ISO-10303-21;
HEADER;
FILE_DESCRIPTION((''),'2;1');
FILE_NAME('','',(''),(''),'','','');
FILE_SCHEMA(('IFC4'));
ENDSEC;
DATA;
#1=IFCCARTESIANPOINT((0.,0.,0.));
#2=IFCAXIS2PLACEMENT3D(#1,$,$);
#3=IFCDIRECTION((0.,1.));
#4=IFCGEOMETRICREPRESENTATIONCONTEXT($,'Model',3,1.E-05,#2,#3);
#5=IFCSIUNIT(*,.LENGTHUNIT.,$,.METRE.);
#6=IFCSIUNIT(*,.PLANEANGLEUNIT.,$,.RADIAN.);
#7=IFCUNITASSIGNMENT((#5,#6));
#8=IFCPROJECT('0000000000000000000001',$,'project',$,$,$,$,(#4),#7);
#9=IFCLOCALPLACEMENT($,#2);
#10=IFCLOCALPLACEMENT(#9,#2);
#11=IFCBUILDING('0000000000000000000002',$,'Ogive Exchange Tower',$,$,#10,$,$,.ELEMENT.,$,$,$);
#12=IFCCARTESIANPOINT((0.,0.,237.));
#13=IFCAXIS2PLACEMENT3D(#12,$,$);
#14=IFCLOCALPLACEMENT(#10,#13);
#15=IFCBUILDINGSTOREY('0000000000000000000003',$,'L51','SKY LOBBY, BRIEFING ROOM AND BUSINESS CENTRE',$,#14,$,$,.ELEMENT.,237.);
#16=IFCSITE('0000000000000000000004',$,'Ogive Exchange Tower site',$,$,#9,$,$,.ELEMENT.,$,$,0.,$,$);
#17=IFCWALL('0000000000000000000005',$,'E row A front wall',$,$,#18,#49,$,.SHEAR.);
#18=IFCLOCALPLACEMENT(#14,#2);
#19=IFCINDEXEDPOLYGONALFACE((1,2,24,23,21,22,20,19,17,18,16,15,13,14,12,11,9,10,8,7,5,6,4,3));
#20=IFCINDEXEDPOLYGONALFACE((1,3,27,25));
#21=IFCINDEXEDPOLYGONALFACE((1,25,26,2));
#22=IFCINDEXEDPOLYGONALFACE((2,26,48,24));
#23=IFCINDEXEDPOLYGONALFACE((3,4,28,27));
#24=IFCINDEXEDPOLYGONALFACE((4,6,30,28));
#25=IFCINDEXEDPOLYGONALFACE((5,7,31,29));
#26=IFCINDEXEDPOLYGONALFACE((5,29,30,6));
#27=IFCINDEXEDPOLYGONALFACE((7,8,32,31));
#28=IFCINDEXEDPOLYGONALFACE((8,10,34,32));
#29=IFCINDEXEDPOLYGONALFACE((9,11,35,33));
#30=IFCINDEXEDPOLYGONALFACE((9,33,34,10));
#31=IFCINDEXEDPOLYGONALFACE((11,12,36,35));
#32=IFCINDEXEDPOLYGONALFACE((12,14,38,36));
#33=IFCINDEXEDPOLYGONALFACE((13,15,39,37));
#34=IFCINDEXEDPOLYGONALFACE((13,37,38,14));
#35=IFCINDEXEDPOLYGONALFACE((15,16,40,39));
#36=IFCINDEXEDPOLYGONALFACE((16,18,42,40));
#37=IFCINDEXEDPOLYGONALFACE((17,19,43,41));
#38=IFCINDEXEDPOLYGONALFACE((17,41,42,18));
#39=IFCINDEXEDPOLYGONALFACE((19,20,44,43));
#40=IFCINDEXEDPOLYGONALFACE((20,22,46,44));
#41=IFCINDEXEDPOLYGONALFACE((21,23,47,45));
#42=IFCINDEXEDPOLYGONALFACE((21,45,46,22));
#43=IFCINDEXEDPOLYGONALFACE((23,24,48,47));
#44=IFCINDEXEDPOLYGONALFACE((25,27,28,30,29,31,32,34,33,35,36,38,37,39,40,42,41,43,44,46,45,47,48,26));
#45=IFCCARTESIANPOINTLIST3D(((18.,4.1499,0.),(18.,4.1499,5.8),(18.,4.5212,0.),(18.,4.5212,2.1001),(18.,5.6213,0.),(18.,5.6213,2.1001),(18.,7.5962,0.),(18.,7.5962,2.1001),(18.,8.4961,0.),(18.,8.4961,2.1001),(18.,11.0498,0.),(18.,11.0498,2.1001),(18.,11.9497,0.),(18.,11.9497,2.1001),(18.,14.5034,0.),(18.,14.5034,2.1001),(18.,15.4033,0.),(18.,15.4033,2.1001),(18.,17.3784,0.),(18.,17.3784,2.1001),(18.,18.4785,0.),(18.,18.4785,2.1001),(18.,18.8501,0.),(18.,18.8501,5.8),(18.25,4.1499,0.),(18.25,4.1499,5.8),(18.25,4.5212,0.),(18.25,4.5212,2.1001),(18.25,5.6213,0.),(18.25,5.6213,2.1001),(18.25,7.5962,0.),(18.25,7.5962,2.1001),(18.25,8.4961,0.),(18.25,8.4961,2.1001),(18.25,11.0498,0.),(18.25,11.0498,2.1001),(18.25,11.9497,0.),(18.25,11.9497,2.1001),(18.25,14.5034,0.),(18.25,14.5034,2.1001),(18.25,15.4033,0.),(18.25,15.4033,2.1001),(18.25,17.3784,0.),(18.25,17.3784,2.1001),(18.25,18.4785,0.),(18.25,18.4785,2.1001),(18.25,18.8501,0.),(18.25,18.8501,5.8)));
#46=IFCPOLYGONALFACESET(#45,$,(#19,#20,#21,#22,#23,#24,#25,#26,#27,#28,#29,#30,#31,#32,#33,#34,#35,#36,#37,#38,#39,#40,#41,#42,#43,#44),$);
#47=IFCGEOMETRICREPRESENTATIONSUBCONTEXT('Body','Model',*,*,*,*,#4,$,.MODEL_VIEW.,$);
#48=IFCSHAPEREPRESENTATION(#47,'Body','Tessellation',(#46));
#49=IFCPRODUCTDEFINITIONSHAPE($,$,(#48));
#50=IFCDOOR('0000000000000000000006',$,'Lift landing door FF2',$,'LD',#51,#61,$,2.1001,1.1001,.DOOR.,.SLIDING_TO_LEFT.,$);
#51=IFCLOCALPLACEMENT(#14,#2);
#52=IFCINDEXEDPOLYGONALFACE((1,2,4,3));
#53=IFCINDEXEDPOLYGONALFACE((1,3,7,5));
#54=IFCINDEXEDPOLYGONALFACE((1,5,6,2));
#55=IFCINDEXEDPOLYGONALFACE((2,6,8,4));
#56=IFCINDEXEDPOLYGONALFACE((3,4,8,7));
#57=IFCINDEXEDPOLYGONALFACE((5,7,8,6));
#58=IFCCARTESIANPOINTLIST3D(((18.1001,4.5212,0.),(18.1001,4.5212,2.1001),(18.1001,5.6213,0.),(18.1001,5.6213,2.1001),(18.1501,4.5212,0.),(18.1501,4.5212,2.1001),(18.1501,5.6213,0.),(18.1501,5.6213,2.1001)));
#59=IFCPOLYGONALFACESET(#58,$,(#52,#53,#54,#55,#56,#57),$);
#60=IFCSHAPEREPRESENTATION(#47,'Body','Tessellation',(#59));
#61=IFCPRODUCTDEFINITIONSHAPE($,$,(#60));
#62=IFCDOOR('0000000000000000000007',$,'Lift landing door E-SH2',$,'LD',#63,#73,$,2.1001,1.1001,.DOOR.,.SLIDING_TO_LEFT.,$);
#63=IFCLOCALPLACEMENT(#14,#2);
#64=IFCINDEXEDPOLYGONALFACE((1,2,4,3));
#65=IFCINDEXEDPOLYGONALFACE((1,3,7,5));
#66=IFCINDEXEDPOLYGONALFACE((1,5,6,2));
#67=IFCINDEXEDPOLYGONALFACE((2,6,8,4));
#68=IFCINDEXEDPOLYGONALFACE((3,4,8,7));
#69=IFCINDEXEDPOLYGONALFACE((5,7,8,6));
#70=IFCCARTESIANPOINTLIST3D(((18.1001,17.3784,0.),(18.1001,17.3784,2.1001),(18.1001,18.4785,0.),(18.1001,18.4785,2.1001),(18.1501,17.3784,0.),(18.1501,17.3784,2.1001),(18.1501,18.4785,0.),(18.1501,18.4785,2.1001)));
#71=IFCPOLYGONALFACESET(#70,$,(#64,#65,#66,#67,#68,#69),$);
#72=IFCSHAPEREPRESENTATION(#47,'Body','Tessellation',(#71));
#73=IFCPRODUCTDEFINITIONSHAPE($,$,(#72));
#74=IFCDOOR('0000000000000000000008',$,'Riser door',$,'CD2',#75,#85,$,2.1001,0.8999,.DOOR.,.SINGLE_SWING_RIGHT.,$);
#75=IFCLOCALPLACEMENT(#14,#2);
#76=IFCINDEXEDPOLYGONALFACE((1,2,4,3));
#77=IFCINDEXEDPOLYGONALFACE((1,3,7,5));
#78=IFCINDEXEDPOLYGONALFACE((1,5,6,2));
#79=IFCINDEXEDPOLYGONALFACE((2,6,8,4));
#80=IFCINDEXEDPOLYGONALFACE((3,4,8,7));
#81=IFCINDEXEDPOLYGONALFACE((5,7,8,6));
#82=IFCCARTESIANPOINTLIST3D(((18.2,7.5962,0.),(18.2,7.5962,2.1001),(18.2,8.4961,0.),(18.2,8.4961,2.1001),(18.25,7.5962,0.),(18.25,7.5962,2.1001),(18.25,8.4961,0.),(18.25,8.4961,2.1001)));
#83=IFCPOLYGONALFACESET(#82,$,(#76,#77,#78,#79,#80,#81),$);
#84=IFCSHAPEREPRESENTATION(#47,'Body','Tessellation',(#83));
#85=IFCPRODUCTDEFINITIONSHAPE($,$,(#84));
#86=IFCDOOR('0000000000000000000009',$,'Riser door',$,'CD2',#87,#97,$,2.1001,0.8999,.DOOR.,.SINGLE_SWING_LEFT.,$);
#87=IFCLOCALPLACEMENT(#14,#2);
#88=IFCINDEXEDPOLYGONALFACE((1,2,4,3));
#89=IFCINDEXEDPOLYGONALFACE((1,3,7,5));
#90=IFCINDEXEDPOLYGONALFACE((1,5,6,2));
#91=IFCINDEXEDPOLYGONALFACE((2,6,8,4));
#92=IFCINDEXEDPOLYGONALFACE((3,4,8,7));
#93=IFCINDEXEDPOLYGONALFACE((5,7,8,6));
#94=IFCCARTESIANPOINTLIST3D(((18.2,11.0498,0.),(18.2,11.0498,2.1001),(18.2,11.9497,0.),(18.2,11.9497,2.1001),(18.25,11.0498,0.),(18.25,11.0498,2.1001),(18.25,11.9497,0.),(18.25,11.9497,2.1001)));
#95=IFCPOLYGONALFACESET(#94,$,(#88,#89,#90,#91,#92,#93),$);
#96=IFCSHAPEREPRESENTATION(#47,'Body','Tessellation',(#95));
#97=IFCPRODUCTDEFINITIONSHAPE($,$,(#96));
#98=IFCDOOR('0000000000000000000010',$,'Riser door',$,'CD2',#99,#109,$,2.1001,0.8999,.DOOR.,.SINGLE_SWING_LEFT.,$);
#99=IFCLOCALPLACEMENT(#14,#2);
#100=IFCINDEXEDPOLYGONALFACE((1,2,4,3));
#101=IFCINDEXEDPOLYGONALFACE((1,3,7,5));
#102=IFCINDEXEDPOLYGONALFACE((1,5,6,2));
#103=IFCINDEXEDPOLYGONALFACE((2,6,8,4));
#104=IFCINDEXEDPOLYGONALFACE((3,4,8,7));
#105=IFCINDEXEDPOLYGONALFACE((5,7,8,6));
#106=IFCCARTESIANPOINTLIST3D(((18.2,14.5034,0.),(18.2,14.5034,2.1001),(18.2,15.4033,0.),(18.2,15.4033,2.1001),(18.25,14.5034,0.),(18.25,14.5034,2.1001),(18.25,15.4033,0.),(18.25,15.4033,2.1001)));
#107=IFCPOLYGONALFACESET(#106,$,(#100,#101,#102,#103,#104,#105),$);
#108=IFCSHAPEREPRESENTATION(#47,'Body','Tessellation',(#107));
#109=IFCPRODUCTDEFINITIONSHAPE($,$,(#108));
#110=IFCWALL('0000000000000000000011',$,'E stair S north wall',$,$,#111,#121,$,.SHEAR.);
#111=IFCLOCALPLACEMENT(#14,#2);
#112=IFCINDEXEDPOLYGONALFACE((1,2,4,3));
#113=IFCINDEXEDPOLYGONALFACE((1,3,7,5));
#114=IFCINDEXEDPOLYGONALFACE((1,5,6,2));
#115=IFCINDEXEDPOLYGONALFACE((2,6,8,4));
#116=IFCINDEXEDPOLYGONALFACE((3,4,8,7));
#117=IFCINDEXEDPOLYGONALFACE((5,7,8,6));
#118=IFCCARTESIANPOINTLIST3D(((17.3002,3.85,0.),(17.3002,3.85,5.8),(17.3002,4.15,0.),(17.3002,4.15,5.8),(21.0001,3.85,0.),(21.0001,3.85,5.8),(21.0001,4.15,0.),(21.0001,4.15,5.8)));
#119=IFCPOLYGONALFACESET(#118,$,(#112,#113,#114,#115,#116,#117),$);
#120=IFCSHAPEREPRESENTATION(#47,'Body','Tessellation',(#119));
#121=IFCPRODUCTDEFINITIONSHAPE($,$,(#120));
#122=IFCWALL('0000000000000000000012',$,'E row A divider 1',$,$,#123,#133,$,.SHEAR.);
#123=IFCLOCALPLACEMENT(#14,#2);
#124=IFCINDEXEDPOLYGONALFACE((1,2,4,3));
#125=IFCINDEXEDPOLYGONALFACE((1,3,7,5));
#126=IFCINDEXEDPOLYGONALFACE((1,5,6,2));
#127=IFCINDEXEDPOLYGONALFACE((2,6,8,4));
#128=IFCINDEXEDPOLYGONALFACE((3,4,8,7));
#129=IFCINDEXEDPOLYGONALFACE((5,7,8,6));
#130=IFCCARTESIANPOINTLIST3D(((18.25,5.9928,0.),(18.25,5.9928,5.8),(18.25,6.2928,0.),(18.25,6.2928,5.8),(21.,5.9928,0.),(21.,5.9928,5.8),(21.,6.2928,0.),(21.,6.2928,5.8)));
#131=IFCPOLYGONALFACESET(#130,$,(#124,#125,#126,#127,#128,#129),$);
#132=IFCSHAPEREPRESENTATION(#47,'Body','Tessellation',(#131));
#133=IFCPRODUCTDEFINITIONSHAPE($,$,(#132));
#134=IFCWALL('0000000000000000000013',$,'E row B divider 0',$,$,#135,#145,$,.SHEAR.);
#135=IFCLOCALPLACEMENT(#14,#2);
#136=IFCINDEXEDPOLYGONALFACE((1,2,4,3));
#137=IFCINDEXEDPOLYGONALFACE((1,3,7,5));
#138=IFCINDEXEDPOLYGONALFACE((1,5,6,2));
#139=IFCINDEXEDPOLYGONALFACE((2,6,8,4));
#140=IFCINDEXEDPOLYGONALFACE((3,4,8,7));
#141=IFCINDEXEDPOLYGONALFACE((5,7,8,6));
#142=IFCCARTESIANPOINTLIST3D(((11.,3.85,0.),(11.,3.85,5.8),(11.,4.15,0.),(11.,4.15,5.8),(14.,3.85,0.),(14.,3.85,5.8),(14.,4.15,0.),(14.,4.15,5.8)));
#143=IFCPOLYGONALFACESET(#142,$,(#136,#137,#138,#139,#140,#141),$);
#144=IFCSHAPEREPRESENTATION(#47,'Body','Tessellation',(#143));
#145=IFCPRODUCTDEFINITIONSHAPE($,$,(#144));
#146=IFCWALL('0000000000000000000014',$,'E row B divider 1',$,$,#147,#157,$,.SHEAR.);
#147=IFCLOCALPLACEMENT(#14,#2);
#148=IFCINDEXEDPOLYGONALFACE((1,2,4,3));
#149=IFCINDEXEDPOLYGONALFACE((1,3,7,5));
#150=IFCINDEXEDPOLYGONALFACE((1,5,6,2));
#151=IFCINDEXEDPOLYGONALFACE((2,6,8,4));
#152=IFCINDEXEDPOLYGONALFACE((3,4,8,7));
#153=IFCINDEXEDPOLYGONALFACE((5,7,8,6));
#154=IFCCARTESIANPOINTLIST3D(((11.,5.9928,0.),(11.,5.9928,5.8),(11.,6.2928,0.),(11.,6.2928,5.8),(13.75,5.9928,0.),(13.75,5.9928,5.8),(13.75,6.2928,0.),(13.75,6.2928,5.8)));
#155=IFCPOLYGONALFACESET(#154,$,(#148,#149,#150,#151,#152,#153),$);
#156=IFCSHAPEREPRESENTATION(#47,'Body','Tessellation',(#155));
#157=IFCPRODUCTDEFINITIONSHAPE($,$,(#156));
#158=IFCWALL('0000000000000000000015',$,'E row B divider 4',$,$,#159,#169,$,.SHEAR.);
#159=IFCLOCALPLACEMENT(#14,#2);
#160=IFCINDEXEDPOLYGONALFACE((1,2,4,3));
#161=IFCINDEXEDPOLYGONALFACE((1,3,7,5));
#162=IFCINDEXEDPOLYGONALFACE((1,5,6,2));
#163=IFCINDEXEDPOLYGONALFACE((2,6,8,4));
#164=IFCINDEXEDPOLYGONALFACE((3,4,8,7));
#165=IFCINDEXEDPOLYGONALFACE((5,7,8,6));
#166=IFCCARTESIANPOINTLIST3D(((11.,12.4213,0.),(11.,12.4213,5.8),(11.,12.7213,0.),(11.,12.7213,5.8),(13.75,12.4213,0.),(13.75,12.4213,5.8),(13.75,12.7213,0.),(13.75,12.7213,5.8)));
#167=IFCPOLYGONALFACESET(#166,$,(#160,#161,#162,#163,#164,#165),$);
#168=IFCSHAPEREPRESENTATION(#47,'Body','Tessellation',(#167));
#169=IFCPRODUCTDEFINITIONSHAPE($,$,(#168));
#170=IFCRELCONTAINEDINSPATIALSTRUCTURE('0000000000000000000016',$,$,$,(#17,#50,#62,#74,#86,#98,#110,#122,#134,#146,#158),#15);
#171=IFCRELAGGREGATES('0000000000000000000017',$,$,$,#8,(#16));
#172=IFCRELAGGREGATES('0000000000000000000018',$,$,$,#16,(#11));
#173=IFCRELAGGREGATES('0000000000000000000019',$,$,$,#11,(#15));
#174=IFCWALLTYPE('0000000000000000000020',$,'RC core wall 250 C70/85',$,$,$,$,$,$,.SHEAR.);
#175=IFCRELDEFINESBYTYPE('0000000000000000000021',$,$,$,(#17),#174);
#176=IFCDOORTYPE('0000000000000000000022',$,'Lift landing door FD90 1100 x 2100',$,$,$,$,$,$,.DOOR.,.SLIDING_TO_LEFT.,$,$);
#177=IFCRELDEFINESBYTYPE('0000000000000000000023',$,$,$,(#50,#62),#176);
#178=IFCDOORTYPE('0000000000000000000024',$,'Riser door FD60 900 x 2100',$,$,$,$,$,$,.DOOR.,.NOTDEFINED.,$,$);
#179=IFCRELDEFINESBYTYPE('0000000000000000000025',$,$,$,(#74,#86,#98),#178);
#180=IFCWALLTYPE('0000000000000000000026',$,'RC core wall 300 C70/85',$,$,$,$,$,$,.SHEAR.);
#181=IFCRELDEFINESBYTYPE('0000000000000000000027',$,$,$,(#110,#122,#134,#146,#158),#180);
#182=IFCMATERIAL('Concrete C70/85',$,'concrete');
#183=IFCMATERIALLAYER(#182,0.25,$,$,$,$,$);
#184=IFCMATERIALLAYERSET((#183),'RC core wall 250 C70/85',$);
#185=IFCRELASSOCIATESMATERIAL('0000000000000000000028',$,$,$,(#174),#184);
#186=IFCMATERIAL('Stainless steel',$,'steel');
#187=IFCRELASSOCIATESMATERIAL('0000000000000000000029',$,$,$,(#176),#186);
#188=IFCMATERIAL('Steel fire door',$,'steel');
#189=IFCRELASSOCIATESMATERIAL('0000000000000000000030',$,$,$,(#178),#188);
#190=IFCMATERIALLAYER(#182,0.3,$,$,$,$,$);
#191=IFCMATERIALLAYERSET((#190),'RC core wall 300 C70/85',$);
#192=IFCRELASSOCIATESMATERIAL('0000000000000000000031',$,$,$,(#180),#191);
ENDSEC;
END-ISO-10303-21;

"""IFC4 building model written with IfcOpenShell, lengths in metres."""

from ifc_helpers import new_model, si_unit, direction, frame, frame_2d, origin, place, context, subcontext, project, spatial, rectangle, extrude, material, layer, layer_set, type_object, element, fill, save


model = new_model("IFC4")

# Units and contexts
model_context = context("Model", 3, precision=1e-05, world=origin(), true_north=direction((0.0, 1.0)))
body_context = subcontext(model_context, "Body", "Model", "MODEL_VIEW")
ifc_project = project(units=[si_unit("LENGTHUNIT", "METRE"), si_unit("PLANEANGLEUNIT", "RADIAN")], contexts=[model_context])

# Site, building, storey
site_placement = place(None, origin())
site = spatial("IfcSite", under=ifc_project, at=site_placement, Name="Ogive Exchange Tower site", CompositionType="ELEMENT", RefElevation=0.0)
building_placement = place(site_placement, origin())
building = spatial("IfcBuilding", under=site, at=building_placement, Name="Ogive Exchange Tower", CompositionType="ELEMENT")
storey_placement = place(building_placement, frame((0.0, 0.0, 237.0)))
storey = spatial("IfcBuildingStorey", under=building, at=storey_placement, Name="L51", Description="SKY LOBBY, BRIEFING ROOM AND BUSINESS CENTRE", CompositionType="ELEMENT", Elevation=237.0)

# Shared definitions
ifc_material_1 = material(Name="Concrete C70/85", Category="concrete")
ifc_material_2 = material(Name="Steel fire door", Category="steel")

# Wall, openings, doors
ifc_layer_1 = layer(ifc_material_1, 0.25)
ifc_layer_set_1 = layer_set([ifc_layer_1], Name="RC core wall 250 C70/85")
wall_type_1 = type_object("IfcWallType", Name="RC core wall 250 C70/85", PredefinedType="SHEAR", material=ifc_layer_set_1)
wall_1_placement = place(storey_placement, frame((18.125, 4.1499, 0.0), z_axis=(0.0, 0.0, 1.0), x_axis=(0.0, 1.0, 0.0)))
wall_1 = element("IfcWall", 1, at=wall_1_placement, inside=storey, type_object=wall_type_1, Name="E row A front wall", PredefinedType="SHEAR", context=body_context, shape_type="SweptSolid", body=[
    extrude(rectangle(XDim=14.7002, YDim=0.25, at=frame_2d((7.3501, 0.0))), origin(), (0.0, 0.0, 1.0), 5.8),
])
opening_1_placement = place(wall_1_placement, frame((3.4463, 0.0, 0.0)))
opening_1 = element("IfcOpeningElement", 2, at=opening_1_placement, cuts=wall_1, PredefinedType="OPENING", context=body_context, shape_type="SweptSolid", body=[
    extrude(rectangle(XDim=0.8999, YDim=2.1001, at=frame_2d((0.45, 1.05))), frame((0.0, 0.135, 0.0), z_axis=(0.0, -1.0, 0.0), x_axis=(1.0, 0.0, 0.0)), (0.0, 0.0, 1.0), 0.27),
])
opening_2_placement = place(wall_1_placement, frame((6.8999, 0.0, 0.0)))
opening_2 = element("IfcOpeningElement", 3, at=opening_2_placement, cuts=wall_1, PredefinedType="OPENING", context=body_context, shape_type="SweptSolid", body=[
    extrude(rectangle(XDim=0.8999, YDim=2.1001, at=frame_2d((0.45, 1.05))), frame((0.0, 0.135, 0.0), z_axis=(0.0, -1.0, 0.0), x_axis=(1.0, 0.0, 0.0)), (0.0, 0.0, 1.0), 0.27),
])
opening_3_placement = place(wall_1_placement, frame((10.3535, 0.0, 0.0)))
opening_3 = element("IfcOpeningElement", 4, at=opening_3_placement, cuts=wall_1, PredefinedType="OPENING", context=body_context, shape_type="SweptSolid", body=[
    extrude(rectangle(XDim=0.8999, YDim=2.1001, at=frame_2d((0.45, 1.05))), frame((0.0, 0.135, 0.0), z_axis=(0.0, -1.0, 0.0), x_axis=(1.0, 0.0, 0.0)), (0.0, 0.0, 1.0), 0.27),
])
opening_4_placement = place(wall_1_placement, frame((0.3713, 0.0, 0.0)))
opening_4 = element("IfcOpeningElement", 5, at=opening_4_placement, cuts=wall_1, PredefinedType="OPENING", context=body_context, shape_type="SweptSolid", body=[
    extrude(rectangle(XDim=1.1001, YDim=2.1001, at=frame_2d((0.55, 1.05))), frame((0.0, 0.135, 0.0), z_axis=(0.0, -1.0, 0.0), x_axis=(1.0, 0.0, 0.0)), (0.0, 0.0, 1.0), 0.27),
])
opening_5_placement = place(wall_1_placement, frame((13.2285, 0.0, 0.0)))
opening_5 = element("IfcOpeningElement", 6, at=opening_5_placement, cuts=wall_1, PredefinedType="OPENING", context=body_context, shape_type="SweptSolid", body=[
    extrude(rectangle(XDim=1.1001, YDim=2.1001, at=frame_2d((0.55, 1.05))), frame((0.0, 0.135, 0.0), z_axis=(0.0, -1.0, 0.0), x_axis=(1.0, 0.0, 0.0)), (0.0, 0.0, 1.0), 0.27),
])
ifc_material_3 = material(Name="Stainless steel", Category="steel")
door_type_1 = type_object("IfcDoorType", Name="Lift landing door FD90 1100 x 2100", OperationType="SLIDING_TO_LEFT", PredefinedType="DOOR", material=ifc_material_3)
door_1_placement = place(opening_4_placement, origin())
door_1 = element("IfcDoor", 7, at=door_1_placement, inside=storey, type_object=door_type_1, Name="Lift landing door FF2", ObjectType="LD", OperationType="SLIDING_TO_LEFT", OverallHeight=2.1001, OverallWidth=1.1001, PredefinedType="DOOR", context=body_context, shape_type="SweptSolid", body=[
    extrude(rectangle(XDim=1.1001, YDim=2.1001, at=frame_2d((0.55, 1.05))), frame((0.0, 0.0249, 0.0), z_axis=(0.0, -1.0, 0.0), x_axis=(1.0, 0.0, 0.0)), (0.0, 0.0, 1.0), 0.05),
])
fill(opening_4, door_1)
door_2_placement = place(opening_5_placement, origin())
door_2 = element("IfcDoor", 8, at=door_2_placement, inside=storey, type_object=door_type_1, Name="Lift landing door E-SH2", ObjectType="LD", OperationType="SLIDING_TO_LEFT", OverallHeight=2.1001, OverallWidth=1.1001, PredefinedType="DOOR", context=body_context, shape_type="SweptSolid", body=[
    extrude(rectangle(XDim=1.1001, YDim=2.1001, at=frame_2d((0.55, 1.05))), frame((0.0, 0.0249, 0.0), z_axis=(0.0, -1.0, 0.0), x_axis=(1.0, 0.0, 0.0)), (0.0, 0.0, 1.0), 0.05),
])
fill(opening_5, door_2)
door_type_2 = type_object("IfcDoorType", Name="Riser door FD60 900 x 2100", OperationType="NOTDEFINED", PredefinedType="DOOR", material=ifc_material_2)
door_3_placement = place(opening_1_placement, frame((0.8999, -0.2002, 0.0), z_axis=(0.0, 0.0, 1.0), x_axis=(-1.0, 0.0, 0.0)))
door_3 = element("IfcDoor", 9, at=door_3_placement, inside=storey, type_object=door_type_2, Name="Riser door", ObjectType="CD2", OperationType="SINGLE_SWING_RIGHT", OverallHeight=2.1001, OverallWidth=0.8999, PredefinedType="DOOR", context=body_context, shape_type="SweptSolid", body=[
    extrude(rectangle(XDim=0.8999, YDim=2.1001, at=frame_2d((0.45, 1.05))), frame((0.0, -0.0752, 0.0), z_axis=(0.0, -1.0, 0.0), x_axis=(1.0, 0.0, 0.0)), (0.0, 0.0, 1.0), 0.05),
])
fill(opening_1, door_3)
door_4_placement = place(opening_2_placement, frame((0.8999, -0.2002, 0.0), z_axis=(0.0, 0.0, 1.0), x_axis=(-1.0, 0.0, 0.0)))
door_4 = element("IfcDoor", 10, at=door_4_placement, inside=storey, type_object=door_type_2, Name="Riser door", ObjectType="CD2", OperationType="SINGLE_SWING_LEFT", OverallHeight=2.1001, OverallWidth=0.8999, PredefinedType="DOOR", context=body_context, shape_type="SweptSolid", body=[
    extrude(rectangle(XDim=0.8999, YDim=2.1001, at=frame_2d((0.45, 1.05))), frame((0.0, -0.0752, 0.0), z_axis=(0.0, -1.0, 0.0), x_axis=(1.0, 0.0, 0.0)), (0.0, 0.0, 1.0), 0.05),
])
fill(opening_2, door_4)
door_5_placement = place(opening_3_placement, frame((0.8999, -0.2002, 0.0), z_axis=(0.0, 0.0, 1.0), x_axis=(-1.0, 0.0, 0.0)))
door_5 = element("IfcDoor", 11, at=door_5_placement, inside=storey, type_object=door_type_2, Name="Riser door", ObjectType="CD2", OperationType="SINGLE_SWING_LEFT", OverallHeight=2.1001, OverallWidth=0.8999, PredefinedType="DOOR", context=body_context, shape_type="SweptSolid", body=[
    extrude(rectangle(XDim=0.8999, YDim=2.1001, at=frame_2d((0.45, 1.05))), frame((0.0, -0.0752, 0.0), z_axis=(0.0, -1.0, 0.0), x_axis=(1.0, 0.0, 0.0)), (0.0, 0.0, 1.0), 0.05),
])
fill(opening_3, door_5)

# Walls
ifc_layer_2 = layer(ifc_material_1, 0.3)
ifc_layer_set_2 = layer_set([ifc_layer_2], Name="RC core wall 300 C70/85")
wall_type_2 = type_object("IfcWallType", Name="RC core wall 300 C70/85", PredefinedType="SHEAR", material=ifc_layer_set_2)
wall_2_placement = place(storey_placement, frame((17.3, 4.0, 0.0), z_axis=(0.0, 0.0, 1.0), x_axis=(1.0, 0.0, 0.0)))
element("IfcWall", 12, at=wall_2_placement, inside=storey, type_object=wall_type_2, Name="E stair S north wall", PredefinedType="SHEAR", context=body_context, shape_type="SweptSolid", body=[
    extrude(rectangle(XDim=3.7, YDim=0.3, at=frame_2d((1.8501, 0.0))), origin(), (0.0, 0.0, 1.0), 5.8),
])
wall_3_placement = place(storey_placement, frame((18.25, 6.1428, 0.0), z_axis=(0.0, 0.0, 1.0), x_axis=(1.0, 0.0, 0.0)))
element("IfcWall", 13, at=wall_3_placement, inside=storey, type_object=wall_type_2, Name="E row A divider 1", PredefinedType="SHEAR", context=body_context, shape_type="SweptSolid", body=[
    extrude(rectangle(XDim=2.75, YDim=0.3, at=frame_2d((1.375, 0.0))), origin(), (0.0, 0.0, 1.0), 5.8),
])
wall_4_placement = place(storey_placement, frame((11.0, 4.0, 0.0), z_axis=(0.0, 0.0, 1.0), x_axis=(1.0, 0.0, 0.0)))
element("IfcWall", 14, at=wall_4_placement, inside=storey, type_object=wall_type_2, Name="E row B divider 0", PredefinedType="SHEAR", context=body_context, shape_type="SweptSolid", body=[
    extrude(rectangle(XDim=3.0, YDim=0.3, at=frame_2d((1.5, 0.0))), origin(), (0.0, 0.0, 1.0), 5.8),
])
for number, where, z_axis, x_axis, name in (
    (15, (11.0, 6.1428, 0.0), (0.0, 0.0, 1.0), (1.0, 0.0, 0.0), "E row B divider 1"),
    (16, (11.0, 12.5713, 0.0), (0.0, 0.0, 1.0), (1.0, 0.0, 0.0), "E row B divider 4"),
):
    element("IfcWall", number, at=place(storey_placement, frame(where, z_axis=z_axis, x_axis=x_axis)), inside=storey, type_object=wall_type_2, Name=name, PredefinedType="SHEAR", context=body_context, shape_type="SweptSolid", body=[
        extrude(rectangle(XDim=2.75, YDim=0.3, at=frame_2d((1.375, 0.0))), origin(), (0.0, 0.0, 1.0), 5.8),
    ])

save(model, "model.ifc")
